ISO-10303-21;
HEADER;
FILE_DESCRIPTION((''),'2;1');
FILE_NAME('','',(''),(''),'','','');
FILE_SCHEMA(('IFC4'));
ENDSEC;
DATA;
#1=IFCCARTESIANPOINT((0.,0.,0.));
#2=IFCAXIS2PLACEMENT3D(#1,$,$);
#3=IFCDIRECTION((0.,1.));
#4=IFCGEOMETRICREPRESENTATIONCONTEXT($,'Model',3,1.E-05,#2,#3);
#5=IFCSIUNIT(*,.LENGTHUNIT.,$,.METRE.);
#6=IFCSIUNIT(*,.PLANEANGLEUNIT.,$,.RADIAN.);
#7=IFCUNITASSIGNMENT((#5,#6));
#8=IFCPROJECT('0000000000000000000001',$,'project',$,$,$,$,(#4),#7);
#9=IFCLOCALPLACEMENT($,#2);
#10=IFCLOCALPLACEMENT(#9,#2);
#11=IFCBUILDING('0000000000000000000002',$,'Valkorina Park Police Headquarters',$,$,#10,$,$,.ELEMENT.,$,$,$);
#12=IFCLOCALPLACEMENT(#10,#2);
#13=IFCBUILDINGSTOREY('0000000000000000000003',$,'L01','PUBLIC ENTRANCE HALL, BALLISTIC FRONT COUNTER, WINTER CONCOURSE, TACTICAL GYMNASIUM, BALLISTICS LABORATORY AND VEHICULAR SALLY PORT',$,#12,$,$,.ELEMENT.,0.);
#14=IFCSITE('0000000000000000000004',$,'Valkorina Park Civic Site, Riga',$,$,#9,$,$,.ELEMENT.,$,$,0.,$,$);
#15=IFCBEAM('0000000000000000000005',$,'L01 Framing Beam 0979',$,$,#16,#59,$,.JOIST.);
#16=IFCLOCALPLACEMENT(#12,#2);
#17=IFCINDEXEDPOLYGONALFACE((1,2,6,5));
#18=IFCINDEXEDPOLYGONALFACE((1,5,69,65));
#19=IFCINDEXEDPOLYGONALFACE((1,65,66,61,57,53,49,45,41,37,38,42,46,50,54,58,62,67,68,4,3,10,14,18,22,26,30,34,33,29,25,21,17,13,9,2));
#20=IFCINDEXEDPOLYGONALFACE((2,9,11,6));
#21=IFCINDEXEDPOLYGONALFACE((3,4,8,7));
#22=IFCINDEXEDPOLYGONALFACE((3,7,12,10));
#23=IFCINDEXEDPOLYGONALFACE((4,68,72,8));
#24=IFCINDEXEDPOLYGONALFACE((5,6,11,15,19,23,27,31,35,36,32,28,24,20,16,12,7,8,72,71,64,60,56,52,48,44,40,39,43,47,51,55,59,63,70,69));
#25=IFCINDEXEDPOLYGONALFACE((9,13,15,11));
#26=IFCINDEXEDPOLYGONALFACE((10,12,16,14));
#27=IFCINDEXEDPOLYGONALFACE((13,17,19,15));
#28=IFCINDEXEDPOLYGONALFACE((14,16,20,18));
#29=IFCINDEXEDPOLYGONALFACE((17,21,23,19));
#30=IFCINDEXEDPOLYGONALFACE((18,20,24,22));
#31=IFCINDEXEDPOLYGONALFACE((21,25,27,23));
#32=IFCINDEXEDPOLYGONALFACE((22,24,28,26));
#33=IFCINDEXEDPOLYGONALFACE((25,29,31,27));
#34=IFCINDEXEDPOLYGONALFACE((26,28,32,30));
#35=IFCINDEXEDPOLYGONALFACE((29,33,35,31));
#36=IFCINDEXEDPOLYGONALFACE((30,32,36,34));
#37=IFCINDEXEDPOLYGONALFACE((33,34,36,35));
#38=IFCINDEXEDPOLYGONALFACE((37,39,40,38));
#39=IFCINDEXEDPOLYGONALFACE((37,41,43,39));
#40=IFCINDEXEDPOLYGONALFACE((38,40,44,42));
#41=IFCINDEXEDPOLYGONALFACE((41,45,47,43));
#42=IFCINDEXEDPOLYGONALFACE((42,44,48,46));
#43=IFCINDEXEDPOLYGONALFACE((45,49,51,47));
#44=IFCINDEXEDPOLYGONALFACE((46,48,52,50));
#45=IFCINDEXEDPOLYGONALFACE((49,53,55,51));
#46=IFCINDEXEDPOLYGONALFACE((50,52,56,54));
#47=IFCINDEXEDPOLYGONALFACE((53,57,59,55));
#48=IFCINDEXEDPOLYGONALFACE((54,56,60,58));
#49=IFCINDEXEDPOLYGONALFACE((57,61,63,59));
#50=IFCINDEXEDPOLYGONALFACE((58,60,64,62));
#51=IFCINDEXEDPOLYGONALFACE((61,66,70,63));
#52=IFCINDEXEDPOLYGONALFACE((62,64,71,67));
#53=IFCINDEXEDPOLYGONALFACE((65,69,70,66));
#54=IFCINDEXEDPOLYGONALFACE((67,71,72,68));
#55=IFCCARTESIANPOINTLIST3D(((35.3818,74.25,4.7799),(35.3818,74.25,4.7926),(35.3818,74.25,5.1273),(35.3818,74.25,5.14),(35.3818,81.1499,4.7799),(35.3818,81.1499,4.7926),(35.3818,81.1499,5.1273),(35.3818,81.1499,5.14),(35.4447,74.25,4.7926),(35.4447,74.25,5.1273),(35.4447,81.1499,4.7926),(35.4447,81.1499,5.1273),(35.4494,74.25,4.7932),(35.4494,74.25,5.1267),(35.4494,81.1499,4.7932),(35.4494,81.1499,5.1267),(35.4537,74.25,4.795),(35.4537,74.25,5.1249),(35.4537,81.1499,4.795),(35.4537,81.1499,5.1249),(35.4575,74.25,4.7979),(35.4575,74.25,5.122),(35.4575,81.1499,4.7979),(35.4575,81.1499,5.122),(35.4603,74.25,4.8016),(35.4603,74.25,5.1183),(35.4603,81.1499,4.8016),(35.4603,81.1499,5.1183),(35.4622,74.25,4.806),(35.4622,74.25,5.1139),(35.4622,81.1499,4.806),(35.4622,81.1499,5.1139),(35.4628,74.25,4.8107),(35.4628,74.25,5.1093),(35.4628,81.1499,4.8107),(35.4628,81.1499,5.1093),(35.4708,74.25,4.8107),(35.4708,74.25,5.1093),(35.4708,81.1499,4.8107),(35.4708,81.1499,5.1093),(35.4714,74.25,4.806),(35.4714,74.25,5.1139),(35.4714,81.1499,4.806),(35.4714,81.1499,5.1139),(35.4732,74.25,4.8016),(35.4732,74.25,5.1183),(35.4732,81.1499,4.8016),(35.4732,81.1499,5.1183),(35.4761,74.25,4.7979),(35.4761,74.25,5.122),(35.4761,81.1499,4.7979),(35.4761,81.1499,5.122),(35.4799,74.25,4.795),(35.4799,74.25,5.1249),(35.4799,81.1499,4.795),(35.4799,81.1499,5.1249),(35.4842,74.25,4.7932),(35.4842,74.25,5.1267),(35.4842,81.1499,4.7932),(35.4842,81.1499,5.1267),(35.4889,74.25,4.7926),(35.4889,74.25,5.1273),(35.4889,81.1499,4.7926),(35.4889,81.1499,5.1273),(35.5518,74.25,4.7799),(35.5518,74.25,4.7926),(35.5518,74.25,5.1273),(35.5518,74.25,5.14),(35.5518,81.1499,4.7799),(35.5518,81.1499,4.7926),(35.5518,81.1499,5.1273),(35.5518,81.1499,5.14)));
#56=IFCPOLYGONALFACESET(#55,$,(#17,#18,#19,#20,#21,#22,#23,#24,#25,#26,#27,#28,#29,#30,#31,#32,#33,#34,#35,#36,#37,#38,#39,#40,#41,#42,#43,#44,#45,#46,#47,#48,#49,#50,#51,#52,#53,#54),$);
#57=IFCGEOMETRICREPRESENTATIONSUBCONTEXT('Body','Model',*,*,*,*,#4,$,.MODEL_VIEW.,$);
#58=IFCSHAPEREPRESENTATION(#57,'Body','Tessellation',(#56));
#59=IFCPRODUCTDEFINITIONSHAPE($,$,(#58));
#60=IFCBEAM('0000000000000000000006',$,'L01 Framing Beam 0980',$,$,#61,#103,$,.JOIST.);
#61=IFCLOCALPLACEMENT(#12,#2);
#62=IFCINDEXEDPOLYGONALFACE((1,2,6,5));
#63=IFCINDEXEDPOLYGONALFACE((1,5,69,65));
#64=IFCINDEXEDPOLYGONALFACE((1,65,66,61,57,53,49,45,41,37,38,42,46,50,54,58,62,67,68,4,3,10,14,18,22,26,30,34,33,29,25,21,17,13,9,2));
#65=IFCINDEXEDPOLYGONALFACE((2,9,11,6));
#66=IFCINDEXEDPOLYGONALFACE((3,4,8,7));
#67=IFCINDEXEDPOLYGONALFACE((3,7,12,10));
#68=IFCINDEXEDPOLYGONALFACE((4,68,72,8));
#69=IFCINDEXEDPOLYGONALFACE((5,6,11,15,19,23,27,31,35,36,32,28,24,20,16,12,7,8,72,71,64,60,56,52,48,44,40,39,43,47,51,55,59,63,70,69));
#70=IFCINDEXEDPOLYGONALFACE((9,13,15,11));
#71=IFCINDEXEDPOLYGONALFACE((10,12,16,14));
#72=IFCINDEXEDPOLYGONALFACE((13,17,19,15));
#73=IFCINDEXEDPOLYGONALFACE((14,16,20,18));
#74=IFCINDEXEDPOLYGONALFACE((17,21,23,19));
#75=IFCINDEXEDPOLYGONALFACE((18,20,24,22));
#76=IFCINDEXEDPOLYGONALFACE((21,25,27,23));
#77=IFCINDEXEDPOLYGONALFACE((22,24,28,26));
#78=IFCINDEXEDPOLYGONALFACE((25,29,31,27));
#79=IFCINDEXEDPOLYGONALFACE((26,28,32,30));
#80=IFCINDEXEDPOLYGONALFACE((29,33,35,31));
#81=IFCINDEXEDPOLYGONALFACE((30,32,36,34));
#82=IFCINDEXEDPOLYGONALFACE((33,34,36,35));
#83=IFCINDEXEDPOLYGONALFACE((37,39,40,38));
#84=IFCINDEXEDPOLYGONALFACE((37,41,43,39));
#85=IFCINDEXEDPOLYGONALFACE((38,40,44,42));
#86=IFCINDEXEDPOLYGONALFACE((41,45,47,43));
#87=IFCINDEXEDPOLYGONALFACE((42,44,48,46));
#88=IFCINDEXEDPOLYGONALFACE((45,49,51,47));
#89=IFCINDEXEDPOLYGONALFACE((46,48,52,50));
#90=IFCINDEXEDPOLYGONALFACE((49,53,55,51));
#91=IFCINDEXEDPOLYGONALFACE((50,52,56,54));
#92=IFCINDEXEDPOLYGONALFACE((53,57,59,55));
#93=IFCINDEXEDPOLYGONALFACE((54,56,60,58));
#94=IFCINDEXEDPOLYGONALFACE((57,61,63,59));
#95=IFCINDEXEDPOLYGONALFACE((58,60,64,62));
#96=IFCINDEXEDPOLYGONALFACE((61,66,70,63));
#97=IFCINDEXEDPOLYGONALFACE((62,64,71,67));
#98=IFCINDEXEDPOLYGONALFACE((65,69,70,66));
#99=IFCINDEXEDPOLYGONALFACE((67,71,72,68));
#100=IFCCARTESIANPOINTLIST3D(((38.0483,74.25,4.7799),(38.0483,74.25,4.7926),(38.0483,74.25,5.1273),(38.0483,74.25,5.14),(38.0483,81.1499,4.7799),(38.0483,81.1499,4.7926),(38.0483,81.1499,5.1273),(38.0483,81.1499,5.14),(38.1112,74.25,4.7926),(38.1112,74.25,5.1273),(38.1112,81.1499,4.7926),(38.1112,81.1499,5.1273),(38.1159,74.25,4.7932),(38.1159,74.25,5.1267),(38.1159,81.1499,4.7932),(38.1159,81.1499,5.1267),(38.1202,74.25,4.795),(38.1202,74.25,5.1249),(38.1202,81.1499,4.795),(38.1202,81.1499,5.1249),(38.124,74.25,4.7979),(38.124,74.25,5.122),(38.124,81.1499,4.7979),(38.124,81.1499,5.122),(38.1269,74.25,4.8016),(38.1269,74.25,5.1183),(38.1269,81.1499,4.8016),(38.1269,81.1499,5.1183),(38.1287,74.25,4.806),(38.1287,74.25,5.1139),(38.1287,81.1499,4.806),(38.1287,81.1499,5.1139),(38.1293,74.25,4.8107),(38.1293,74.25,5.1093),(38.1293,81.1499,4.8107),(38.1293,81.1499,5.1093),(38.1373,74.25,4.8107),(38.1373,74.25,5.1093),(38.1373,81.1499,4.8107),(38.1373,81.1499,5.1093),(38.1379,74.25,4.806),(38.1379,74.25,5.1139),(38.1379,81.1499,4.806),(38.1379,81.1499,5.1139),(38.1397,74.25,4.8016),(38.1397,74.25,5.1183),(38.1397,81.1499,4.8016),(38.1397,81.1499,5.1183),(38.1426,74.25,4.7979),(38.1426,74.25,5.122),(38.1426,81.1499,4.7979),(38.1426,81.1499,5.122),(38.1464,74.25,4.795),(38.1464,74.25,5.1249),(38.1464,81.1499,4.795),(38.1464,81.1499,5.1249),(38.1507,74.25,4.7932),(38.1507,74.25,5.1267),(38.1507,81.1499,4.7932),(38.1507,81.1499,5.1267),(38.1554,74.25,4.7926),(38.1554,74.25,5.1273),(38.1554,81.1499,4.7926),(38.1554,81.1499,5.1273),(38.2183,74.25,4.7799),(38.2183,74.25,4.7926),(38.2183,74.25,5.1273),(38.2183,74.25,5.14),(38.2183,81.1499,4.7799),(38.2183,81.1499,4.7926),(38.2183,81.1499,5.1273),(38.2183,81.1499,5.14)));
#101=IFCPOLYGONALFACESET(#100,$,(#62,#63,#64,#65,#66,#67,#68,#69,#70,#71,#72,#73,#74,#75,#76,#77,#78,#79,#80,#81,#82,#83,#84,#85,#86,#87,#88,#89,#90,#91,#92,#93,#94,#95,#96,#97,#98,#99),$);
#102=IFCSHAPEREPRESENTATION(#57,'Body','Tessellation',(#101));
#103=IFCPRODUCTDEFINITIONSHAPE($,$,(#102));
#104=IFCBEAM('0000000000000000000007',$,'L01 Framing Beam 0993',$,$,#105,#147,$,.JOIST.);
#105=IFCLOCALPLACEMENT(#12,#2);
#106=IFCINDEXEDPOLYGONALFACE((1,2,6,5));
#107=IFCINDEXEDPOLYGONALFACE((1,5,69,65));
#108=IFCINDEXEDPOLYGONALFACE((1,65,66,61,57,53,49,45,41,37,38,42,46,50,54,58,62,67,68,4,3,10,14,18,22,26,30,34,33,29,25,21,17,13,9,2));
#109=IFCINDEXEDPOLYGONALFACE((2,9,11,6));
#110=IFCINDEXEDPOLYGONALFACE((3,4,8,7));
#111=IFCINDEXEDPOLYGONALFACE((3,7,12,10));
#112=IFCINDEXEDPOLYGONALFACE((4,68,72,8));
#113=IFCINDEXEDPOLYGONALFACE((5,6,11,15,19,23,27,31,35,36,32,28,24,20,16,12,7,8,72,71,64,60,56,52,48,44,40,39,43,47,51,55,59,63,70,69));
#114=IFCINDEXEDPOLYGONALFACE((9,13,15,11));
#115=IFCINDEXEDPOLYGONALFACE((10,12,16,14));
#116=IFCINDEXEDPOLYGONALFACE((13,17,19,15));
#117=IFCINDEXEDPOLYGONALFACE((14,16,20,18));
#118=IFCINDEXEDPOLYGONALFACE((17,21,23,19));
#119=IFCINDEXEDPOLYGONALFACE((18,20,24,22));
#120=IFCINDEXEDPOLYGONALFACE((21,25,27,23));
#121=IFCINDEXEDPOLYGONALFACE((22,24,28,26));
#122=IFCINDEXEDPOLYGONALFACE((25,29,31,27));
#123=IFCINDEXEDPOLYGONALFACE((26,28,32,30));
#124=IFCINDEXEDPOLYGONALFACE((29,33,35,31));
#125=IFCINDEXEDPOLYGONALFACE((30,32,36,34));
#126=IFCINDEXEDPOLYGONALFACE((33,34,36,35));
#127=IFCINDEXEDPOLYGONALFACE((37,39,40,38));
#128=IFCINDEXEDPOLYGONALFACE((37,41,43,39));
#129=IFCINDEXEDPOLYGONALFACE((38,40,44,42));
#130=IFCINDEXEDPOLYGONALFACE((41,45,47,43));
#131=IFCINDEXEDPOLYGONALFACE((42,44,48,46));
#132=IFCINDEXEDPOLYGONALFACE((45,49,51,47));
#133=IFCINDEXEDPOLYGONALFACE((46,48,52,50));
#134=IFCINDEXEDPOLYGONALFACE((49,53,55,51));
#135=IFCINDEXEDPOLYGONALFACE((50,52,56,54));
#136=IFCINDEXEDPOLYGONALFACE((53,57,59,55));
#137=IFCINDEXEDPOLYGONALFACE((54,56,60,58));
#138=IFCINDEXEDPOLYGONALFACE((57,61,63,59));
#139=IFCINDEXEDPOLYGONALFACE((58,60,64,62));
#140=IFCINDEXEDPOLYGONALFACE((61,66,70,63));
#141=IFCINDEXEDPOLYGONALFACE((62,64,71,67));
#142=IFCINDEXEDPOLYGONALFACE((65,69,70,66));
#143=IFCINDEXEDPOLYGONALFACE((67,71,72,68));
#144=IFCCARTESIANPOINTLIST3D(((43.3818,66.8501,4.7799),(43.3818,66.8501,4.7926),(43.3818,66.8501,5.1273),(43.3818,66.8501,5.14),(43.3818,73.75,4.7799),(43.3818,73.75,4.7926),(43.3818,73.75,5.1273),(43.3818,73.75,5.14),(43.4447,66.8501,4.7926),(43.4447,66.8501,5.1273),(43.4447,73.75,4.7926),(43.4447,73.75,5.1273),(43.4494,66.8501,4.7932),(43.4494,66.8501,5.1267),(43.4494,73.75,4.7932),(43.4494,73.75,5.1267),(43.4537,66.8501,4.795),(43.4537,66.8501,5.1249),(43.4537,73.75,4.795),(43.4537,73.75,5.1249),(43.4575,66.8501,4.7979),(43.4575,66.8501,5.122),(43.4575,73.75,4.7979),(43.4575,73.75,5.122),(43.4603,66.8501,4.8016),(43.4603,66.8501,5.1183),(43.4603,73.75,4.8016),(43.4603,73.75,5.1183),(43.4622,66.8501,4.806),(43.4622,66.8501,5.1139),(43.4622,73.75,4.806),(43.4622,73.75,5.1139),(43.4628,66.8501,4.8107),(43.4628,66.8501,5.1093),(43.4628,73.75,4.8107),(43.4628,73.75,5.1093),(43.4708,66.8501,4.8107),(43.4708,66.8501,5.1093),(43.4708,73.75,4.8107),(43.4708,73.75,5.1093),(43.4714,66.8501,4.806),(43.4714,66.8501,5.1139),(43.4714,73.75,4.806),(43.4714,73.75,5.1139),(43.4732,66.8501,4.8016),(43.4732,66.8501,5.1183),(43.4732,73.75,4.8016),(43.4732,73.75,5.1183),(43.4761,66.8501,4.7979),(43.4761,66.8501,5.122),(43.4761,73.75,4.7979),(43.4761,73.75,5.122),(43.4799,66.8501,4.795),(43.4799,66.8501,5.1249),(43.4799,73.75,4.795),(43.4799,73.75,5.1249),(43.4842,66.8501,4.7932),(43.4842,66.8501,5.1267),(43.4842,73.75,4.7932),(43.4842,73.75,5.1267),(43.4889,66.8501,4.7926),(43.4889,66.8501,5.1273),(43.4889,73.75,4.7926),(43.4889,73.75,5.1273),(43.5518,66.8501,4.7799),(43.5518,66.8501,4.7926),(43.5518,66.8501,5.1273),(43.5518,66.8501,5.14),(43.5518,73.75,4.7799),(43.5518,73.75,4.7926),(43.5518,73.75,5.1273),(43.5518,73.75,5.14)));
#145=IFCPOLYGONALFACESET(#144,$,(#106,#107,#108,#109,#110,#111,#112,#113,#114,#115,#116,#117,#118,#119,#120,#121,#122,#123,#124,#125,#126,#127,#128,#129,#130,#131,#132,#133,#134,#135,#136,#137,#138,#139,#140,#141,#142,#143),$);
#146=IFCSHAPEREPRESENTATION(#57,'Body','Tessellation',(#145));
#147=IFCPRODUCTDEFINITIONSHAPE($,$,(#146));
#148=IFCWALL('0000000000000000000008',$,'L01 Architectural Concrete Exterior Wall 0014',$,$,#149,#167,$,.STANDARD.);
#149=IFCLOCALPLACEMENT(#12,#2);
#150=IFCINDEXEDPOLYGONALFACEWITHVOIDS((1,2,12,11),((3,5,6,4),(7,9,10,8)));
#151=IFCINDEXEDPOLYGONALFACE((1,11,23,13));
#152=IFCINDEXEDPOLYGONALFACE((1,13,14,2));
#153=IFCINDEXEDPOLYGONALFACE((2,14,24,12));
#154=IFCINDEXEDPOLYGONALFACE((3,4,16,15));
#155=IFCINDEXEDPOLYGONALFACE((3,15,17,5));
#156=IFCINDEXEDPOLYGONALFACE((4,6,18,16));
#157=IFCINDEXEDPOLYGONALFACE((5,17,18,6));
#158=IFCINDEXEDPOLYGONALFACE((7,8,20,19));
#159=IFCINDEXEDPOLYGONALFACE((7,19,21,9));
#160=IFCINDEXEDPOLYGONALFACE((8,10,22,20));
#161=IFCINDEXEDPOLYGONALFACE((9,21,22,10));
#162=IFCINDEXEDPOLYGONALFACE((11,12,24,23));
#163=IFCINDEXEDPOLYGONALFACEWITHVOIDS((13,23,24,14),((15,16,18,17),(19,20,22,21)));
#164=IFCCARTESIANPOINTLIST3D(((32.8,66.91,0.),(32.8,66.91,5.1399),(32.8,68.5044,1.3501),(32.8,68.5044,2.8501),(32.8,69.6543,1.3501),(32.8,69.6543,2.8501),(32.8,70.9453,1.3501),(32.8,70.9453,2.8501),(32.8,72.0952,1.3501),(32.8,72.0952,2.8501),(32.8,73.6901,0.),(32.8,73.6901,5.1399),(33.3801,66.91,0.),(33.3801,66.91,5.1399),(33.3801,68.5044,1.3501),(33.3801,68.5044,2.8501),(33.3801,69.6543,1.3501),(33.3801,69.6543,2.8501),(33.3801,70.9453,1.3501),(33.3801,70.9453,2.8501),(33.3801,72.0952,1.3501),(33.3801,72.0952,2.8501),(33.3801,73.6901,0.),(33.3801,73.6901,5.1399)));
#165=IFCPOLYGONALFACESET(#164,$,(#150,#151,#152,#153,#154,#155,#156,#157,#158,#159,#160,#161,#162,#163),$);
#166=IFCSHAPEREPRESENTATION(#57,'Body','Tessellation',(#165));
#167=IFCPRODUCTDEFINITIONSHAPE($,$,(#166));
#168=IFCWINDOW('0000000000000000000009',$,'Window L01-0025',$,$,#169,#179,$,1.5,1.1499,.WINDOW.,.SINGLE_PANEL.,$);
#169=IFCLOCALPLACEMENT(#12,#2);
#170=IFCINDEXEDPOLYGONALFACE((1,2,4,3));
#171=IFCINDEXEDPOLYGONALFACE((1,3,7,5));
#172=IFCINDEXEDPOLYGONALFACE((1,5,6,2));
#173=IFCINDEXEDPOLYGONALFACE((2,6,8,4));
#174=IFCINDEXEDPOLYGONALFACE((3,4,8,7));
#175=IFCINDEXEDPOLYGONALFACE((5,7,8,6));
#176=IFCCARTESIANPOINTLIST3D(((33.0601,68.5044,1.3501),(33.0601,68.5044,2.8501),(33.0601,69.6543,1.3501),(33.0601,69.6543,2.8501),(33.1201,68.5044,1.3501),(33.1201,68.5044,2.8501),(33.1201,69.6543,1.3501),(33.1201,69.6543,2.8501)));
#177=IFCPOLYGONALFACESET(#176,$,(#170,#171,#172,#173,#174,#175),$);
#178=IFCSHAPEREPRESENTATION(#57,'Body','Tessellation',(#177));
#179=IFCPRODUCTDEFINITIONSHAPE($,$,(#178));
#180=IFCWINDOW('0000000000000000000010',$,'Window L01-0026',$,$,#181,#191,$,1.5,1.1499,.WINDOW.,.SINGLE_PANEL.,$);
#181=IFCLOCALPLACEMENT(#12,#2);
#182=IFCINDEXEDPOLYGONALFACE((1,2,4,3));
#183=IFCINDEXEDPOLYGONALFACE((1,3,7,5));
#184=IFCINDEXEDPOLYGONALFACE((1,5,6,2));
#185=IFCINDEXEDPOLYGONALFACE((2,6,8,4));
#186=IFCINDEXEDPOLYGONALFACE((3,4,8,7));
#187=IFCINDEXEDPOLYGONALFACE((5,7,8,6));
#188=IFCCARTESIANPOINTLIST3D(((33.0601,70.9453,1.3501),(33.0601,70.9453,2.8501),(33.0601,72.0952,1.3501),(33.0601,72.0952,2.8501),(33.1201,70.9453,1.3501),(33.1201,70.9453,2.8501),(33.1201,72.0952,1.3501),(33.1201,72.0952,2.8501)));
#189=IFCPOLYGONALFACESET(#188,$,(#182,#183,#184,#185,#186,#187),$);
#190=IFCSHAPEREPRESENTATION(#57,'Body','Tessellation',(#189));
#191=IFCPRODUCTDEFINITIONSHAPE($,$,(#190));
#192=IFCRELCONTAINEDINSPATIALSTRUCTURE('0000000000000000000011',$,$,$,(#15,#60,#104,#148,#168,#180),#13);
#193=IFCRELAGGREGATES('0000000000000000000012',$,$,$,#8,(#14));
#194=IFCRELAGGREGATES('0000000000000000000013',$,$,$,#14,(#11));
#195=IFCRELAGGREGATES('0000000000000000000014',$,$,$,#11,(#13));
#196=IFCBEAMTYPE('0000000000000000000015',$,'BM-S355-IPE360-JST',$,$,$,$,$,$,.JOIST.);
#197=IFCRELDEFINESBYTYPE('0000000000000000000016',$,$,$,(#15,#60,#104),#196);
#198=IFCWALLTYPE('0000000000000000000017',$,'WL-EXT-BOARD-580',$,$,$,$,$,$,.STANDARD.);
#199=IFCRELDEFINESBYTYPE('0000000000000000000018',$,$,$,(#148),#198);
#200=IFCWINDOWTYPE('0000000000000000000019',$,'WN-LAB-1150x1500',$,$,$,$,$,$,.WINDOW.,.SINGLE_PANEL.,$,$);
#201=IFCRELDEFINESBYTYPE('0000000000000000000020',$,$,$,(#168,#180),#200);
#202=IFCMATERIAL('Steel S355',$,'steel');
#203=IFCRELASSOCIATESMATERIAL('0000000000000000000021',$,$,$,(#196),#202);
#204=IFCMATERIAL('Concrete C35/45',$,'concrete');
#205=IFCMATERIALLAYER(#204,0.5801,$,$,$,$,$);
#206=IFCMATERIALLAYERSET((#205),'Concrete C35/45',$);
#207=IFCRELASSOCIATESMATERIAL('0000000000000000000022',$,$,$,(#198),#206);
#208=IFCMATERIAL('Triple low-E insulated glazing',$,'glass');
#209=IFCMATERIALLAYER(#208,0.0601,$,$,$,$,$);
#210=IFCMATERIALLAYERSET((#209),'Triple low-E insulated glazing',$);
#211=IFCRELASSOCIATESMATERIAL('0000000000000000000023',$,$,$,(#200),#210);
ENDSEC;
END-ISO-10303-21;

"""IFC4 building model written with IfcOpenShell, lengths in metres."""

from ifc_helpers import new_model, si_unit, direction, frame, frame_2d, origin, origin_2d, place, context, subcontext, project, spatial, rectangle, i_section, extrude, material, layer, layer_set, material_profile, profile_set, type_object, element, fill, save


model = new_model("IFC4")

# Units and contexts
model_context = context("Model", 3, precision=1e-05, world=origin(), true_north=direction((0.0, 1.0)))
body_context = subcontext(model_context, "Body", "Model", "MODEL_VIEW")
ifc_project = project(units=[si_unit("LENGTHUNIT", "METRE"), si_unit("PLANEANGLEUNIT", "RADIAN")], contexts=[model_context])

# Site, building, storey
site_placement = place(None, origin())
site = spatial("IfcSite", under=ifc_project, at=site_placement, Name="Valkorina Park Civic Site, Riga", CompositionType="ELEMENT", RefElevation=0.0)
building_placement = place(site_placement, origin())
building = spatial("IfcBuilding", under=site, at=building_placement, Name="Valkorina Park Police Headquarters", CompositionType="ELEMENT")
storey_placement = place(building_placement, origin())
storey = spatial("IfcBuildingStorey", under=building, at=storey_placement, Name="L01", Description="PUBLIC ENTRANCE HALL, BALLISTIC FRONT COUNTER, WINTER CONCOURSE, TACTICAL GYMNASIUM, BALLISTICS LABORATORY AND VEHICULAR SALLY PORT", CompositionType="ELEMENT", Elevation=0.0)

# Beams
ifc_material_1 = material(Name="Steel S355", Category="steel")
ifc_material_profile_1 = material_profile(ifc_material_1, i_section(OverallWidth=0.1699, OverallDepth=0.3601, WebThickness=0.0081, FlangeThickness=0.0127, FilletRadius=0.0181, at=origin_2d()), Name="IPE 360")
ifc_profile_set_1 = profile_set([ifc_material_profile_1], Name="Steel S355")
beam_type_1 = type_object("IfcBeamType", Name="BM-S355-IPE360-JST", PredefinedType="JOIST", material=ifc_profile_set_1)
for number, where, z_axis, x_axis, name in (
    (1, (35.4668, 74.25, 4.96), (0.0, 1.0, 0.0), (-1.0, 0.0, 0.0), "L01 Framing Beam 0979"),
    (2, (38.1333, 74.25, 4.96), (0.0, 1.0, 0.0), (-1.0, 0.0, 0.0), "L01 Framing Beam 0980"),
    (3, (43.4668, 66.8501, 4.96), (0.0, 1.0, 0.0), (-1.0, 0.0, 0.0), "L01 Framing Beam 0993"),
):
    element("IfcBeam", number, at=place(storey_placement, frame(where, z_axis=z_axis, x_axis=x_axis)), inside=storey, type_object=beam_type_1, Name=name, PredefinedType="JOIST", context=body_context, shape_type="SweptSolid", body=[
        extrude(i_section(OverallWidth=0.1699, OverallDepth=0.3601, WebThickness=0.0081, FlangeThickness=0.0127, FilletRadius=0.0181, at=origin_2d()), origin(), (0.0, 0.0, 1.0), 6.8999),
    ])

# Wall, openings, windows
ifc_material_2 = material(Name="Concrete C35/45", Category="concrete")
ifc_layer_1 = layer(ifc_material_2, 0.5801)
ifc_layer_set_1 = layer_set([ifc_layer_1], Name="Concrete C35/45")
wall_type = type_object("IfcWallType", Name="WL-EXT-BOARD-580", PredefinedType="STANDARD", material=ifc_layer_set_1)
wall_1_placement = place(storey_placement, frame((33.0901, 66.9099, 0.0), z_axis=(0.0, 0.0, 1.0), x_axis=(0.0, 1.0, 0.0)))
wall_1 = element("IfcWall", 4, at=wall_1_placement, inside=storey, type_object=wall_type, Name="L01 Architectural Concrete Exterior Wall 0014", PredefinedType="STANDARD", context=body_context, shape_type="SweptSolid", body=[
    extrude(rectangle(XDim=6.78, YDim=0.5801, at=frame_2d((3.3901, 0.0))), origin(), (0.0, 0.0, 1.0), 5.1399),
])
opening_1_placement = place(wall_1_placement, frame((1.5945, 0.0, 1.3501)))
opening_1 = element("IfcOpeningElement", 5, at=opening_1_placement, cuts=wall_1, PredefinedType="OPENING", context=body_context, shape_type="SweptSolid", body=[
    extrude(rectangle(XDim=1.1499, YDim=1.5, at=frame_2d((0.575, 0.75))), frame((0.0, 0.3, 0.0), z_axis=(0.0, -1.0, 0.0), x_axis=(1.0, 0.0, 0.0)), (0.0, 0.0, 1.0), 0.6001),
])
opening_2_placement = place(wall_1_placement, frame((4.0354, 0.0, 1.3501)))
opening_2 = element("IfcOpeningElement", 6, at=opening_2_placement, cuts=wall_1, PredefinedType="OPENING", context=body_context, shape_type="SweptSolid", body=[
    extrude(rectangle(XDim=1.1499, YDim=1.5, at=frame_2d((0.575, 0.75))), frame((0.0, 0.3, 0.0), z_axis=(0.0, -1.0, 0.0), x_axis=(1.0, 0.0, 0.0)), (0.0, 0.0, 1.0), 0.6001),
])
ifc_material_3 = material(Name="Triple low-E insulated glazing", Category="glass")
ifc_layer_2 = layer(ifc_material_3, 0.0601)
ifc_layer_set_2 = layer_set([ifc_layer_2], Name="Triple low-E insulated glazing")
window_type_1 = type_object("IfcWindowType", Name="WN-LAB-1150x1500", PartitioningType="SINGLE_PANEL", PredefinedType="WINDOW", material=ifc_layer_set_2)
window_1_placement = place(opening_1_placement, origin())
window_1 = element("IfcWindow", 7, at=window_1_placement, inside=storey, type_object=window_type_1, Name="Window L01-0025", OverallHeight=1.5, OverallWidth=1.1499, PartitioningType="SINGLE_PANEL", PredefinedType="WINDOW", context=body_context, shape_type="SweptSolid", body=[
    extrude(rectangle(XDim=1.1499, YDim=1.5, at=frame_2d((0.575, 0.75))), frame((0.0, 0.03, 0.0), z_axis=(0.0, -1.0, 0.0), x_axis=(1.0, 0.0, 0.0)), (0.0, 0.0, 1.0), 0.0601),
])
fill(opening_1, window_1)
window_2_placement = place(opening_2_placement, origin())
window_2 = element("IfcWindow", 8, at=window_2_placement, inside=storey, type_object=window_type_1, Name="Window L01-0026", OverallHeight=1.5, OverallWidth=1.1499, PartitioningType="SINGLE_PANEL", PredefinedType="WINDOW", context=body_context, shape_type="SweptSolid", body=[
    extrude(rectangle(XDim=1.1499, YDim=1.5, at=frame_2d((0.575, 0.75))), frame((0.0, 0.03, 0.0), z_axis=(0.0, -1.0, 0.0), x_axis=(1.0, 0.0, 0.0)), (0.0, 0.0, 1.0), 0.0601),
])
fill(opening_2, window_2)

save(model, "model.ifc")
